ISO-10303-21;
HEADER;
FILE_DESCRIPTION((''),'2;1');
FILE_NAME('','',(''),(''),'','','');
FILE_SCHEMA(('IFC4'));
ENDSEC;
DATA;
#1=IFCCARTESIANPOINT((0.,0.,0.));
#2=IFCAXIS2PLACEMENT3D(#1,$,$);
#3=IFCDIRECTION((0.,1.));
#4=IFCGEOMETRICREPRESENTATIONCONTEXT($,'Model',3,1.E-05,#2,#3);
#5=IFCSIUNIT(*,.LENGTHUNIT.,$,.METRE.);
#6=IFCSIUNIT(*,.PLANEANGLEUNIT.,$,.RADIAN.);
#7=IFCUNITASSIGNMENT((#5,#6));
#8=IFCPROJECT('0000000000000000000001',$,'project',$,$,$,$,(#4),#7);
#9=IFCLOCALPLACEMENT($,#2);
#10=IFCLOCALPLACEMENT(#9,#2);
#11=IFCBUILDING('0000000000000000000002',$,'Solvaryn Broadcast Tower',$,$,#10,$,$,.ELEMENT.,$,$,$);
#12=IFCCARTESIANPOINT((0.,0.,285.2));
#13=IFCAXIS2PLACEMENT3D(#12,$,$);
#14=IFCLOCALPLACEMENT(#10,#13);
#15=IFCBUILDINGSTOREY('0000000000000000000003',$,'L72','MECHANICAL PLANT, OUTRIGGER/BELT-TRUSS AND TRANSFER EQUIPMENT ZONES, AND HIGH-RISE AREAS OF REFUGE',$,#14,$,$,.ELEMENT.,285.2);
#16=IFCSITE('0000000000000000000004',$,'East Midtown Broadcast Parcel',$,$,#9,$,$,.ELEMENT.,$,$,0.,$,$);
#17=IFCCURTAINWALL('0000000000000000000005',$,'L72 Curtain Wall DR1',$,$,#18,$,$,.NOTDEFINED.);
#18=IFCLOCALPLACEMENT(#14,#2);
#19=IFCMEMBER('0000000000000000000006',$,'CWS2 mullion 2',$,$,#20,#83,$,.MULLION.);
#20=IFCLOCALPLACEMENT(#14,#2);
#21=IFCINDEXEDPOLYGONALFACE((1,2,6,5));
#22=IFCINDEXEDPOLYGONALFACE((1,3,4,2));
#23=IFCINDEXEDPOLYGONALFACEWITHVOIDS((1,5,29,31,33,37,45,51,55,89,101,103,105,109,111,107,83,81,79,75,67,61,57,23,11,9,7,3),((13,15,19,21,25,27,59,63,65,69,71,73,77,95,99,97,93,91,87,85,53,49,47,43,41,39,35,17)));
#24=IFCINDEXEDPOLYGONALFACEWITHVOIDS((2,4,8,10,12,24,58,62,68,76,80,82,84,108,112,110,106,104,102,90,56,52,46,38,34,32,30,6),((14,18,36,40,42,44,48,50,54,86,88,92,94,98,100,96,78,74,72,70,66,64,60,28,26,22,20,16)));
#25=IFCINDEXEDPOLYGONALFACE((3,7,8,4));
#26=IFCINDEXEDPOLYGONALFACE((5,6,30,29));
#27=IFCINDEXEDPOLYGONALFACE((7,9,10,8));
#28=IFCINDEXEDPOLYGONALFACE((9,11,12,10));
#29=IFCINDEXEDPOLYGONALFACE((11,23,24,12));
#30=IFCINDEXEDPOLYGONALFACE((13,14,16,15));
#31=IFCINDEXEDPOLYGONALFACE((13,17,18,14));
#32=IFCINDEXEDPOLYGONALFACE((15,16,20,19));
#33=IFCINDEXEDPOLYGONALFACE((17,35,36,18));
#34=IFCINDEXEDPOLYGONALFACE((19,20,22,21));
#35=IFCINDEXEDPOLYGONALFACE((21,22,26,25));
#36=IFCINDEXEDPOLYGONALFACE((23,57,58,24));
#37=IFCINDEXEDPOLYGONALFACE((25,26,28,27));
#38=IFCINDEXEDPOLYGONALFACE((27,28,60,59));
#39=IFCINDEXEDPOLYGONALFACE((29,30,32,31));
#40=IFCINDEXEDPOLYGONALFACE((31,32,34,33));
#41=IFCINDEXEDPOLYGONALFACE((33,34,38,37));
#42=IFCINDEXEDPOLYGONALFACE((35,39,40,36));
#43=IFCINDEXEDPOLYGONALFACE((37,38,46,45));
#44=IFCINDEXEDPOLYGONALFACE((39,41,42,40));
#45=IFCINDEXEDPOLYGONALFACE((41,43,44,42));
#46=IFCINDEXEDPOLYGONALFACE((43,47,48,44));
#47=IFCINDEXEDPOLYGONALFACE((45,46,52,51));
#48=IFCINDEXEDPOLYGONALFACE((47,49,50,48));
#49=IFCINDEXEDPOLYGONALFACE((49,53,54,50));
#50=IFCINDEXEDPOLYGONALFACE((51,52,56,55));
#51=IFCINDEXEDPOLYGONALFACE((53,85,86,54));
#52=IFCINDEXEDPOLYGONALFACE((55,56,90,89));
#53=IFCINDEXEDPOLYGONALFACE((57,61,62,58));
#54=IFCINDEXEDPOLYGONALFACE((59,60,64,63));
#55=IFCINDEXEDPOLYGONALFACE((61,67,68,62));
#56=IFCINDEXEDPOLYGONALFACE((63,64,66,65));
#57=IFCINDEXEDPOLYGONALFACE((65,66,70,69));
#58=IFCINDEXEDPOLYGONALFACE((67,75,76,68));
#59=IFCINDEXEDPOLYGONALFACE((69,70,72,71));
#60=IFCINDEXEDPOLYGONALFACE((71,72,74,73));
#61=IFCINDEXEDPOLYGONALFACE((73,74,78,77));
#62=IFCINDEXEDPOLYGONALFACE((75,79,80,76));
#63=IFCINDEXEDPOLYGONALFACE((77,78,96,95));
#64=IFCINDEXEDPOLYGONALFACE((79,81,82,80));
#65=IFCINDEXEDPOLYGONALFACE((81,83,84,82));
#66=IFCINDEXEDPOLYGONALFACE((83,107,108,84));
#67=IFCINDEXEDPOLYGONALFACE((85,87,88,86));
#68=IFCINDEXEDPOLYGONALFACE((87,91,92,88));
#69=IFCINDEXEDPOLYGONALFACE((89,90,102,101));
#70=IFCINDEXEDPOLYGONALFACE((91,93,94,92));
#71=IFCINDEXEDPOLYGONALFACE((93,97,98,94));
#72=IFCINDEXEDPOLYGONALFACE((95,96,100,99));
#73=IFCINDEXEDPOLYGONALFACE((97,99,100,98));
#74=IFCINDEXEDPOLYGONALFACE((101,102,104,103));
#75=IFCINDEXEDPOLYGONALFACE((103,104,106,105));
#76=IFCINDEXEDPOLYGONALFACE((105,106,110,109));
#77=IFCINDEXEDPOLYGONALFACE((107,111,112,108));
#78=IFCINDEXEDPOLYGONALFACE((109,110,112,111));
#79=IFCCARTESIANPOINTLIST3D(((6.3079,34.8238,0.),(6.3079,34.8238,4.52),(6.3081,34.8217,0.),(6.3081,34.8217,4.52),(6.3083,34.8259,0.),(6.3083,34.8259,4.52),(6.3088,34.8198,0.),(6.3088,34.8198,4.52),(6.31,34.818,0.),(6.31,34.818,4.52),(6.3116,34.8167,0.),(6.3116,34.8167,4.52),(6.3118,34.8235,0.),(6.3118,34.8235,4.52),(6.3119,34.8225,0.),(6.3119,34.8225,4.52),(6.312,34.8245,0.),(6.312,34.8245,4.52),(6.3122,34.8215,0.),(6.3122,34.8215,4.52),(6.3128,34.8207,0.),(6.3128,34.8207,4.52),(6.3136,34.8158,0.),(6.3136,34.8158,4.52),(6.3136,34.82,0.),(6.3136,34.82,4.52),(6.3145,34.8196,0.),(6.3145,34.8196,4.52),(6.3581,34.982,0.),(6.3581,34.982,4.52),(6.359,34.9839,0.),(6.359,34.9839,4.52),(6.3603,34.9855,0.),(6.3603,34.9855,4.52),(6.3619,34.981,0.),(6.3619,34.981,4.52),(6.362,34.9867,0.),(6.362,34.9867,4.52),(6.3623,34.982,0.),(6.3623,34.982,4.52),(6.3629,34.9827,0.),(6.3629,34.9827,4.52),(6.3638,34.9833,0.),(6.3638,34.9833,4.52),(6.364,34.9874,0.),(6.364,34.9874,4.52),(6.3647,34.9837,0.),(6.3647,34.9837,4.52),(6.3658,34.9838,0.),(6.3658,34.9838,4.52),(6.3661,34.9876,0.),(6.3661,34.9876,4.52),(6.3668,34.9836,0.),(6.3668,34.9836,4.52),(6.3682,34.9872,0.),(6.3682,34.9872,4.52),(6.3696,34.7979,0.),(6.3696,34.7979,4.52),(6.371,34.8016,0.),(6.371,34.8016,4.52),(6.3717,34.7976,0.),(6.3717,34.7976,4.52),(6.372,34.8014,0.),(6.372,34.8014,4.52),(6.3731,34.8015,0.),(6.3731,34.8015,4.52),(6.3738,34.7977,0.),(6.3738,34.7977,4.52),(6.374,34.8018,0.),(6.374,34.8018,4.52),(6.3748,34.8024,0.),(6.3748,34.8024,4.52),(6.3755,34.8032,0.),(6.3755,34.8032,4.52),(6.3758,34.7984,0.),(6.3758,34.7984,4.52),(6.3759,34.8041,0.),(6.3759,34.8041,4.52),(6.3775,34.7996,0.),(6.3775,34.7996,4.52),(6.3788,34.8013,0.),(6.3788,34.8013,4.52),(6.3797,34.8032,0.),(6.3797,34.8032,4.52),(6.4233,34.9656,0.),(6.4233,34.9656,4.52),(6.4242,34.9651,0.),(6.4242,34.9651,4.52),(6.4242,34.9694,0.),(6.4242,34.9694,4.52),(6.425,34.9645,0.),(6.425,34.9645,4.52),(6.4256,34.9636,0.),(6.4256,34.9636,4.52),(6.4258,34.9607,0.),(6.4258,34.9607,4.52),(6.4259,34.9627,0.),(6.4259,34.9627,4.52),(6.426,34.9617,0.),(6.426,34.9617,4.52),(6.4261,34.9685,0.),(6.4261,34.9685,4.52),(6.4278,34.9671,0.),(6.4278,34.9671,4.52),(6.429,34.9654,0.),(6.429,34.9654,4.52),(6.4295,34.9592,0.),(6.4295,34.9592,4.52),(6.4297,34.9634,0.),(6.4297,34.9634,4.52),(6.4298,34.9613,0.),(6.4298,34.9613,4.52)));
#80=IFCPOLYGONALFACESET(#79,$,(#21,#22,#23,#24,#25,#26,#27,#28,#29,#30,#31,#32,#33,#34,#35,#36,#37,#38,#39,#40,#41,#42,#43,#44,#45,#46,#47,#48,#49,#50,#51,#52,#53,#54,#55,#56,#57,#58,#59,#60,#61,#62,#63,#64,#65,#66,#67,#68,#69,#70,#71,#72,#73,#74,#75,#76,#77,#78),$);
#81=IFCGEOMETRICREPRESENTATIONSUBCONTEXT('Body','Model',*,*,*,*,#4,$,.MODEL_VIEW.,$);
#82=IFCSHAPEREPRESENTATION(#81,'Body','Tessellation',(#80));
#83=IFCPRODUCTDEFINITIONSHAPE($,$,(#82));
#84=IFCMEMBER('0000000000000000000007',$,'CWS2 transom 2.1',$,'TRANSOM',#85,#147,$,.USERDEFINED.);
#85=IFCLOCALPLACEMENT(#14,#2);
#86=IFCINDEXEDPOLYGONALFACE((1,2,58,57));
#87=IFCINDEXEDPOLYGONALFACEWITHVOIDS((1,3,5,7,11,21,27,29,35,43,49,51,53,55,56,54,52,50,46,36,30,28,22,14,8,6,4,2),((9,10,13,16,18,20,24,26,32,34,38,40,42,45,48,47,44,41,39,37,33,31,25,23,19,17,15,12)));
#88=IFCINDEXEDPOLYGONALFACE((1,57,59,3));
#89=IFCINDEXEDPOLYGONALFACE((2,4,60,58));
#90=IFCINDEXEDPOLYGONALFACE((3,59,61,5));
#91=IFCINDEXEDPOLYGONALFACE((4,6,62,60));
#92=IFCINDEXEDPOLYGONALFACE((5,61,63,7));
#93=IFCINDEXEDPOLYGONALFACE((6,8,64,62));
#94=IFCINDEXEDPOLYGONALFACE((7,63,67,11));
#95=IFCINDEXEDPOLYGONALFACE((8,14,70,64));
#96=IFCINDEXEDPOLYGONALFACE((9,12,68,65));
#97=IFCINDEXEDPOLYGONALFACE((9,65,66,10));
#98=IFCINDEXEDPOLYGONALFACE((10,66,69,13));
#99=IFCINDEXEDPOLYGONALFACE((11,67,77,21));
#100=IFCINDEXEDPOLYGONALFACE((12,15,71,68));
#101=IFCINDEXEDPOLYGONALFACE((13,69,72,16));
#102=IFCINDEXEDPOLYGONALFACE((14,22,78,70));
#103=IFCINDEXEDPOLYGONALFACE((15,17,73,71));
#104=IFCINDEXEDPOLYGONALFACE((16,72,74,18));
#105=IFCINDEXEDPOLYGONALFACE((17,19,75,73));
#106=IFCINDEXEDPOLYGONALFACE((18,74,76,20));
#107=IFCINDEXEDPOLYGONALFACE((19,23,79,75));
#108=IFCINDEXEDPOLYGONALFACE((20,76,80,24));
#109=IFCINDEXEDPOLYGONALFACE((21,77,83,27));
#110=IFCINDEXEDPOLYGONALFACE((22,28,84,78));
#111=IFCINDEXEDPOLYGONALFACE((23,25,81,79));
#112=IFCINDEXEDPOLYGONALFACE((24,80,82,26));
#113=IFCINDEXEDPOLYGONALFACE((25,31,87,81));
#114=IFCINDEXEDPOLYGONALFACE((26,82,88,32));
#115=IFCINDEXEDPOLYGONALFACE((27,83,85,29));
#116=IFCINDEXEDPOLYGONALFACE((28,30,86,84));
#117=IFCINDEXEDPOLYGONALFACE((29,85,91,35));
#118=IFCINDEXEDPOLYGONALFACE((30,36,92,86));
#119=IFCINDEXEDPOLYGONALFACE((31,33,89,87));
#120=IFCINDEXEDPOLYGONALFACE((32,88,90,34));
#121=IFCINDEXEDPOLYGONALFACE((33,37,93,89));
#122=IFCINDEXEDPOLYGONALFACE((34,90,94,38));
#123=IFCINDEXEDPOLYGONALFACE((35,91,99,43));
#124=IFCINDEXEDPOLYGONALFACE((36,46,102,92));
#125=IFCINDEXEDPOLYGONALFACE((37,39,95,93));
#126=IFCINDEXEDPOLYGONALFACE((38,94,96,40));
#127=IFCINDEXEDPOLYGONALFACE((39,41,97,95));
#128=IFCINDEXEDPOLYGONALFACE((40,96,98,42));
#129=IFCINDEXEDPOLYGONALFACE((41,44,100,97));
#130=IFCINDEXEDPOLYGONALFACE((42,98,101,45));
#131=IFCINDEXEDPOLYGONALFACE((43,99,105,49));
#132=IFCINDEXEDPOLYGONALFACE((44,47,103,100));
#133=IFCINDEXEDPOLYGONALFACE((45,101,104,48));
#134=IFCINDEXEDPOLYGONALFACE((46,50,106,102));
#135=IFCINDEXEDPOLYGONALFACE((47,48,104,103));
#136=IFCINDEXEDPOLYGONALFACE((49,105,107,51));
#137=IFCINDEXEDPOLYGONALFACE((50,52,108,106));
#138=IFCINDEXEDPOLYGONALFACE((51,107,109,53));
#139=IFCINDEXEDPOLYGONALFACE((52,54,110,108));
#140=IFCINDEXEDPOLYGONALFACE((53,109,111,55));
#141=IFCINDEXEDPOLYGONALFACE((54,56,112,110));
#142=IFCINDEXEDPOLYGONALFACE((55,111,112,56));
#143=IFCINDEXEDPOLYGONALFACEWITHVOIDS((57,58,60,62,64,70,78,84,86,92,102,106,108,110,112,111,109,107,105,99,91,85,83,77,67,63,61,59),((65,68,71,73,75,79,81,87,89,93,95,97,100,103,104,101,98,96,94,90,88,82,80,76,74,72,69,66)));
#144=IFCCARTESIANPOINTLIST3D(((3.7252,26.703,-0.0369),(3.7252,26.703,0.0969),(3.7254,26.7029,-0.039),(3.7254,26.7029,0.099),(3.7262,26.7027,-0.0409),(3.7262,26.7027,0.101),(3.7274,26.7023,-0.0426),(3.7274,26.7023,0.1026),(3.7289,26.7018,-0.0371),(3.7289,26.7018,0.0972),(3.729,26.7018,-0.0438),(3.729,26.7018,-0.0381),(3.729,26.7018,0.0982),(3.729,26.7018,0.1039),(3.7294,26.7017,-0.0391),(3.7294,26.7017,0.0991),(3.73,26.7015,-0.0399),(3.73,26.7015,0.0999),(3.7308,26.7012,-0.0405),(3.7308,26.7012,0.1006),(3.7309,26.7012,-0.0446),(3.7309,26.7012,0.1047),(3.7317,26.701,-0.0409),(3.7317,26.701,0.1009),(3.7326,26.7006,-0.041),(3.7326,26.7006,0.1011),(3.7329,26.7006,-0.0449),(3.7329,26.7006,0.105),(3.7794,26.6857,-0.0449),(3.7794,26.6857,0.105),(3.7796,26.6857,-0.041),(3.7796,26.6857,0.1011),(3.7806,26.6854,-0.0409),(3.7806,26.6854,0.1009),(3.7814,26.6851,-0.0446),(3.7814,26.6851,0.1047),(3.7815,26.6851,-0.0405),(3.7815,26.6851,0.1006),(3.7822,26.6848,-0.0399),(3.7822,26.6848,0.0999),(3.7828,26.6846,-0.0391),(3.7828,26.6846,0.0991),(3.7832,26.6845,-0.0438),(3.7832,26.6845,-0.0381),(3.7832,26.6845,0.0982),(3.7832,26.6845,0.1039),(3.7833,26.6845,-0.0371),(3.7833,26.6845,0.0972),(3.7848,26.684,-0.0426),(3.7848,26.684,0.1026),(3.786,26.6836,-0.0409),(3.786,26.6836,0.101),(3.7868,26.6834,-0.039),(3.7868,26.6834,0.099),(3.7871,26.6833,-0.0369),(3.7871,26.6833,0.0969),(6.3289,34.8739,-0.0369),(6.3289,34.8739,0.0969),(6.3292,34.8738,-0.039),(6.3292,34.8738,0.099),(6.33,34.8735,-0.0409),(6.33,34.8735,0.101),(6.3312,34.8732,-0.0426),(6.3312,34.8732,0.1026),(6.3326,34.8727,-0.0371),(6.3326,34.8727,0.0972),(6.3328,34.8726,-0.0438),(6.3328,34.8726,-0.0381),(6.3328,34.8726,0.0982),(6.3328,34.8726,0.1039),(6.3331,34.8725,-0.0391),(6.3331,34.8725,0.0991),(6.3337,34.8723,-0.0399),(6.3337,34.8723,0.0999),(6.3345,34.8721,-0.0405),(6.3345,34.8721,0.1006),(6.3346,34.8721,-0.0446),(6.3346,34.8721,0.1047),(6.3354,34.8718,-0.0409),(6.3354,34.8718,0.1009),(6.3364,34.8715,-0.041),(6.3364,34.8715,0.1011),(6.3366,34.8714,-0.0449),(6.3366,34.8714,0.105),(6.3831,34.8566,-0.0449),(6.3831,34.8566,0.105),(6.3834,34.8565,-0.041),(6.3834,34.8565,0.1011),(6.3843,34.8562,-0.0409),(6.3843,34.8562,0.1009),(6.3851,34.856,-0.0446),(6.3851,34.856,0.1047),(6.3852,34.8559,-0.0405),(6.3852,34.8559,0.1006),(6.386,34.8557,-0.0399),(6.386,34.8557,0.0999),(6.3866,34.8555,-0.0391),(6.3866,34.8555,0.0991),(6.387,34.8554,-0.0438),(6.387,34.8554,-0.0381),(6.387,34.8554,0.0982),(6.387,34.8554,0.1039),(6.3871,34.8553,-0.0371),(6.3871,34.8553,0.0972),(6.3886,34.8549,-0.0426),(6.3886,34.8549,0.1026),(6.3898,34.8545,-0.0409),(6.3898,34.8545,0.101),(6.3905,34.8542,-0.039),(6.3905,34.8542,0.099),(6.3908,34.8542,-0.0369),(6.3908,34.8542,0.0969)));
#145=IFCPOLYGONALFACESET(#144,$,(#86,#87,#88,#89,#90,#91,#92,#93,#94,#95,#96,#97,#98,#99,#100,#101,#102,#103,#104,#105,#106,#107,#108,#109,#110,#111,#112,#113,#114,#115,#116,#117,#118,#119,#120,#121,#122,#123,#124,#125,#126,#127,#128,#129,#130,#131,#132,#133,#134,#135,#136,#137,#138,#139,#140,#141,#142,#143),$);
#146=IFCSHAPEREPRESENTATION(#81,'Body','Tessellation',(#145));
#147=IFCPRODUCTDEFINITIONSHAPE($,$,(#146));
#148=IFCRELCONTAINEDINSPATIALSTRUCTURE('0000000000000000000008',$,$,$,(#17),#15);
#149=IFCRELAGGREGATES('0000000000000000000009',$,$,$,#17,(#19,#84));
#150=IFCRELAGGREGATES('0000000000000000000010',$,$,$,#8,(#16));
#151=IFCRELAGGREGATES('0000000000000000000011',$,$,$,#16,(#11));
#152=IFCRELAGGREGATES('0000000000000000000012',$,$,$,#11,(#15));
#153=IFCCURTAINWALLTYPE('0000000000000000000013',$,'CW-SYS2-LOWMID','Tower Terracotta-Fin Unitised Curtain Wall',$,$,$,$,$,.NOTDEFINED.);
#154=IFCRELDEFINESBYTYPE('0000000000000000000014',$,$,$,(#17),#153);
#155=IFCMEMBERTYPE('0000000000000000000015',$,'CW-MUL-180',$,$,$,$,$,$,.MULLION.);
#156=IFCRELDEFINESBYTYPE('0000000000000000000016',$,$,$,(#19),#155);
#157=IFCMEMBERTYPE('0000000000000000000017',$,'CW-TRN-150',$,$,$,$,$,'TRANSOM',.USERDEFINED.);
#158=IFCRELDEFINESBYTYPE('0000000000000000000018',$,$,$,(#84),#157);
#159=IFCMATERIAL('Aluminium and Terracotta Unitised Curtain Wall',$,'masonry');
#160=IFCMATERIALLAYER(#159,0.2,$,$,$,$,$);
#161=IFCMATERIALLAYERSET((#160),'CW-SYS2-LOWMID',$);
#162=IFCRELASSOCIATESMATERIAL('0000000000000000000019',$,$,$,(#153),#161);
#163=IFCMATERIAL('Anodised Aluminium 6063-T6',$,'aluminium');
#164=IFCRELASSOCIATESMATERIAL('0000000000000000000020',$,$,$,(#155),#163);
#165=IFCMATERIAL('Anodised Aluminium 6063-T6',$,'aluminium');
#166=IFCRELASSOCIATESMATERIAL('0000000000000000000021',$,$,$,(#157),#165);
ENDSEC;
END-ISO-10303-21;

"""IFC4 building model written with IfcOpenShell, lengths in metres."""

from ifc_helpers import new_model, si_unit, direction, frame, origin, origin_2d, place, context, subcontext, project, spatial, hollow_rectangle, extrude, material, layer, layer_set, material_profile, profile_set, type_object, element, aggregate, save


model = new_model("IFC4")

# Units and contexts
model_context = context("Model", 3, precision=1e-05, world=origin(), true_north=direction((0.0, 1.0)))
body_context = subcontext(model_context, "Body", "Model", "MODEL_VIEW")
ifc_project = project(units=[si_unit("LENGTHUNIT", "METRE"), si_unit("PLANEANGLEUNIT", "RADIAN")], contexts=[model_context])

# Site, building, storey
site_placement = place(None, origin())
site = spatial("IfcSite", under=ifc_project, at=site_placement, Name="East Midtown Broadcast Parcel", CompositionType="ELEMENT", RefElevation=0.0)
building_placement = place(site_placement, origin())
building = spatial("IfcBuilding", under=site, at=building_placement, Name="Solvaryn Broadcast Tower", CompositionType="ELEMENT")
storey_placement = place(building_placement, frame((0.0, 0.0, 285.2)))
storey = spatial("IfcBuildingStorey", under=building, at=storey_placement, Name="L72", Description="MECHANICAL PLANT, OUTRIGGER/BELT-TRUSS AND TRANSFER EQUIPMENT ZONES, AND HIGH-RISE AREAS OF REFUGE", CompositionType="ELEMENT", Elevation=285.2)

# Curtain wall, members
ifc_material_1 = material(Name="Aluminium and Terracotta Unitised Curtain Wall", Category="masonry")
ifc_layer_1 = layer(ifc_material_1, 0.2)
ifc_layer_set_1 = layer_set([ifc_layer_1], Name="CW-SYS2-LOWMID")
curtain_wall_type = type_object("IfcCurtainWallType", Name="CW-SYS2-LOWMID", Description="Tower Terracotta-Fin Unitised Curtain Wall", PredefinedType="NOTDEFINED", material=ifc_layer_set_1)
curtain_wall_placement = place(storey_placement, origin())
curtain_wall = element("IfcCurtainWall", 1, at=curtain_wall_placement, inside=storey, type_object=curtain_wall_type, Name="L72 Curtain Wall DR1", PredefinedType="NOTDEFINED")
ifc_material_2 = material(Name="Anodised Aluminium 6063-T6", Category="aluminium")
ifc_material_profile_1 = material_profile(ifc_material_2, hollow_rectangle(XDim=0.075, YDim=0.1799, WallThickness=0.0039, InnerFilletRadius=0.0039, OuterFilletRadius=0.0081, at=origin_2d()))
ifc_profile_set_1 = profile_set([ifc_material_profile_1], Name="Anodised Aluminium 6063-T6")
member_type_1 = type_object("IfcMemberType", Name="CW-MUL-180", PredefinedType="MULLION", material=ifc_profile_set_1)
member_1_placement = place(storey_placement, frame((6.3689, 34.8926, 0.0), z_axis=(0.0, 0.0, 1.0), x_axis=(0.952795, -0.303616, 0.0)))
member_1 = element("IfcMember", 2, at=member_1_placement, type_object=member_type_1, Name="CWS2 mullion 2", PredefinedType="MULLION", context=body_context, shape_type="SweptSolid", body=[
    extrude(hollow_rectangle(XDim=0.075, YDim=0.1799, WallThickness=0.0039, InnerFilletRadius=0.0039, OuterFilletRadius=0.0081, at=origin_2d()), origin(), (0.0, 0.0, 1.0), 4.52),
])
ifc_material_3 = material(Name="Anodised Aluminium 6063-T6", Category="aluminium")
ifc_material_profile_2 = material_profile(ifc_material_3, hollow_rectangle(XDim=0.0649, YDim=0.1499, WallThickness=0.0039, InnerFilletRadius=0.0039, OuterFilletRadius=0.0081, at=origin_2d()))
ifc_profile_set_2 = profile_set([ifc_material_profile_2], Name="Anodised Aluminium 6063-T6")
member_type_2 = type_object("IfcMemberType", Name="CW-TRN-150", ElementType="TRANSOM", PredefinedType="USERDEFINED", material=ifc_profile_set_2)
member_2_placement = place(storey_placement, frame((6.3599, 34.864, 0.03), z_axis=(-0.30362, -0.952793, 0.0), x_axis=(0.952793, -0.30362, 0.0)))
member_2 = element("IfcMember", 3, at=member_2_placement, type_object=member_type_2, Name="CWS2 transom 2.1", ObjectType="TRANSOM", PredefinedType="USERDEFINED", context=body_context, shape_type="SweptSolid", body=[
    extrude(hollow_rectangle(XDim=0.0649, YDim=0.1499, WallThickness=0.0039, InnerFilletRadius=0.0039, OuterFilletRadius=0.0081, at=origin_2d()), origin(), (0.0, 0.0, 1.0), 8.5757),
])
aggregate(curtain_wall, [member_1, member_2])

save(model, "model.ifc")
